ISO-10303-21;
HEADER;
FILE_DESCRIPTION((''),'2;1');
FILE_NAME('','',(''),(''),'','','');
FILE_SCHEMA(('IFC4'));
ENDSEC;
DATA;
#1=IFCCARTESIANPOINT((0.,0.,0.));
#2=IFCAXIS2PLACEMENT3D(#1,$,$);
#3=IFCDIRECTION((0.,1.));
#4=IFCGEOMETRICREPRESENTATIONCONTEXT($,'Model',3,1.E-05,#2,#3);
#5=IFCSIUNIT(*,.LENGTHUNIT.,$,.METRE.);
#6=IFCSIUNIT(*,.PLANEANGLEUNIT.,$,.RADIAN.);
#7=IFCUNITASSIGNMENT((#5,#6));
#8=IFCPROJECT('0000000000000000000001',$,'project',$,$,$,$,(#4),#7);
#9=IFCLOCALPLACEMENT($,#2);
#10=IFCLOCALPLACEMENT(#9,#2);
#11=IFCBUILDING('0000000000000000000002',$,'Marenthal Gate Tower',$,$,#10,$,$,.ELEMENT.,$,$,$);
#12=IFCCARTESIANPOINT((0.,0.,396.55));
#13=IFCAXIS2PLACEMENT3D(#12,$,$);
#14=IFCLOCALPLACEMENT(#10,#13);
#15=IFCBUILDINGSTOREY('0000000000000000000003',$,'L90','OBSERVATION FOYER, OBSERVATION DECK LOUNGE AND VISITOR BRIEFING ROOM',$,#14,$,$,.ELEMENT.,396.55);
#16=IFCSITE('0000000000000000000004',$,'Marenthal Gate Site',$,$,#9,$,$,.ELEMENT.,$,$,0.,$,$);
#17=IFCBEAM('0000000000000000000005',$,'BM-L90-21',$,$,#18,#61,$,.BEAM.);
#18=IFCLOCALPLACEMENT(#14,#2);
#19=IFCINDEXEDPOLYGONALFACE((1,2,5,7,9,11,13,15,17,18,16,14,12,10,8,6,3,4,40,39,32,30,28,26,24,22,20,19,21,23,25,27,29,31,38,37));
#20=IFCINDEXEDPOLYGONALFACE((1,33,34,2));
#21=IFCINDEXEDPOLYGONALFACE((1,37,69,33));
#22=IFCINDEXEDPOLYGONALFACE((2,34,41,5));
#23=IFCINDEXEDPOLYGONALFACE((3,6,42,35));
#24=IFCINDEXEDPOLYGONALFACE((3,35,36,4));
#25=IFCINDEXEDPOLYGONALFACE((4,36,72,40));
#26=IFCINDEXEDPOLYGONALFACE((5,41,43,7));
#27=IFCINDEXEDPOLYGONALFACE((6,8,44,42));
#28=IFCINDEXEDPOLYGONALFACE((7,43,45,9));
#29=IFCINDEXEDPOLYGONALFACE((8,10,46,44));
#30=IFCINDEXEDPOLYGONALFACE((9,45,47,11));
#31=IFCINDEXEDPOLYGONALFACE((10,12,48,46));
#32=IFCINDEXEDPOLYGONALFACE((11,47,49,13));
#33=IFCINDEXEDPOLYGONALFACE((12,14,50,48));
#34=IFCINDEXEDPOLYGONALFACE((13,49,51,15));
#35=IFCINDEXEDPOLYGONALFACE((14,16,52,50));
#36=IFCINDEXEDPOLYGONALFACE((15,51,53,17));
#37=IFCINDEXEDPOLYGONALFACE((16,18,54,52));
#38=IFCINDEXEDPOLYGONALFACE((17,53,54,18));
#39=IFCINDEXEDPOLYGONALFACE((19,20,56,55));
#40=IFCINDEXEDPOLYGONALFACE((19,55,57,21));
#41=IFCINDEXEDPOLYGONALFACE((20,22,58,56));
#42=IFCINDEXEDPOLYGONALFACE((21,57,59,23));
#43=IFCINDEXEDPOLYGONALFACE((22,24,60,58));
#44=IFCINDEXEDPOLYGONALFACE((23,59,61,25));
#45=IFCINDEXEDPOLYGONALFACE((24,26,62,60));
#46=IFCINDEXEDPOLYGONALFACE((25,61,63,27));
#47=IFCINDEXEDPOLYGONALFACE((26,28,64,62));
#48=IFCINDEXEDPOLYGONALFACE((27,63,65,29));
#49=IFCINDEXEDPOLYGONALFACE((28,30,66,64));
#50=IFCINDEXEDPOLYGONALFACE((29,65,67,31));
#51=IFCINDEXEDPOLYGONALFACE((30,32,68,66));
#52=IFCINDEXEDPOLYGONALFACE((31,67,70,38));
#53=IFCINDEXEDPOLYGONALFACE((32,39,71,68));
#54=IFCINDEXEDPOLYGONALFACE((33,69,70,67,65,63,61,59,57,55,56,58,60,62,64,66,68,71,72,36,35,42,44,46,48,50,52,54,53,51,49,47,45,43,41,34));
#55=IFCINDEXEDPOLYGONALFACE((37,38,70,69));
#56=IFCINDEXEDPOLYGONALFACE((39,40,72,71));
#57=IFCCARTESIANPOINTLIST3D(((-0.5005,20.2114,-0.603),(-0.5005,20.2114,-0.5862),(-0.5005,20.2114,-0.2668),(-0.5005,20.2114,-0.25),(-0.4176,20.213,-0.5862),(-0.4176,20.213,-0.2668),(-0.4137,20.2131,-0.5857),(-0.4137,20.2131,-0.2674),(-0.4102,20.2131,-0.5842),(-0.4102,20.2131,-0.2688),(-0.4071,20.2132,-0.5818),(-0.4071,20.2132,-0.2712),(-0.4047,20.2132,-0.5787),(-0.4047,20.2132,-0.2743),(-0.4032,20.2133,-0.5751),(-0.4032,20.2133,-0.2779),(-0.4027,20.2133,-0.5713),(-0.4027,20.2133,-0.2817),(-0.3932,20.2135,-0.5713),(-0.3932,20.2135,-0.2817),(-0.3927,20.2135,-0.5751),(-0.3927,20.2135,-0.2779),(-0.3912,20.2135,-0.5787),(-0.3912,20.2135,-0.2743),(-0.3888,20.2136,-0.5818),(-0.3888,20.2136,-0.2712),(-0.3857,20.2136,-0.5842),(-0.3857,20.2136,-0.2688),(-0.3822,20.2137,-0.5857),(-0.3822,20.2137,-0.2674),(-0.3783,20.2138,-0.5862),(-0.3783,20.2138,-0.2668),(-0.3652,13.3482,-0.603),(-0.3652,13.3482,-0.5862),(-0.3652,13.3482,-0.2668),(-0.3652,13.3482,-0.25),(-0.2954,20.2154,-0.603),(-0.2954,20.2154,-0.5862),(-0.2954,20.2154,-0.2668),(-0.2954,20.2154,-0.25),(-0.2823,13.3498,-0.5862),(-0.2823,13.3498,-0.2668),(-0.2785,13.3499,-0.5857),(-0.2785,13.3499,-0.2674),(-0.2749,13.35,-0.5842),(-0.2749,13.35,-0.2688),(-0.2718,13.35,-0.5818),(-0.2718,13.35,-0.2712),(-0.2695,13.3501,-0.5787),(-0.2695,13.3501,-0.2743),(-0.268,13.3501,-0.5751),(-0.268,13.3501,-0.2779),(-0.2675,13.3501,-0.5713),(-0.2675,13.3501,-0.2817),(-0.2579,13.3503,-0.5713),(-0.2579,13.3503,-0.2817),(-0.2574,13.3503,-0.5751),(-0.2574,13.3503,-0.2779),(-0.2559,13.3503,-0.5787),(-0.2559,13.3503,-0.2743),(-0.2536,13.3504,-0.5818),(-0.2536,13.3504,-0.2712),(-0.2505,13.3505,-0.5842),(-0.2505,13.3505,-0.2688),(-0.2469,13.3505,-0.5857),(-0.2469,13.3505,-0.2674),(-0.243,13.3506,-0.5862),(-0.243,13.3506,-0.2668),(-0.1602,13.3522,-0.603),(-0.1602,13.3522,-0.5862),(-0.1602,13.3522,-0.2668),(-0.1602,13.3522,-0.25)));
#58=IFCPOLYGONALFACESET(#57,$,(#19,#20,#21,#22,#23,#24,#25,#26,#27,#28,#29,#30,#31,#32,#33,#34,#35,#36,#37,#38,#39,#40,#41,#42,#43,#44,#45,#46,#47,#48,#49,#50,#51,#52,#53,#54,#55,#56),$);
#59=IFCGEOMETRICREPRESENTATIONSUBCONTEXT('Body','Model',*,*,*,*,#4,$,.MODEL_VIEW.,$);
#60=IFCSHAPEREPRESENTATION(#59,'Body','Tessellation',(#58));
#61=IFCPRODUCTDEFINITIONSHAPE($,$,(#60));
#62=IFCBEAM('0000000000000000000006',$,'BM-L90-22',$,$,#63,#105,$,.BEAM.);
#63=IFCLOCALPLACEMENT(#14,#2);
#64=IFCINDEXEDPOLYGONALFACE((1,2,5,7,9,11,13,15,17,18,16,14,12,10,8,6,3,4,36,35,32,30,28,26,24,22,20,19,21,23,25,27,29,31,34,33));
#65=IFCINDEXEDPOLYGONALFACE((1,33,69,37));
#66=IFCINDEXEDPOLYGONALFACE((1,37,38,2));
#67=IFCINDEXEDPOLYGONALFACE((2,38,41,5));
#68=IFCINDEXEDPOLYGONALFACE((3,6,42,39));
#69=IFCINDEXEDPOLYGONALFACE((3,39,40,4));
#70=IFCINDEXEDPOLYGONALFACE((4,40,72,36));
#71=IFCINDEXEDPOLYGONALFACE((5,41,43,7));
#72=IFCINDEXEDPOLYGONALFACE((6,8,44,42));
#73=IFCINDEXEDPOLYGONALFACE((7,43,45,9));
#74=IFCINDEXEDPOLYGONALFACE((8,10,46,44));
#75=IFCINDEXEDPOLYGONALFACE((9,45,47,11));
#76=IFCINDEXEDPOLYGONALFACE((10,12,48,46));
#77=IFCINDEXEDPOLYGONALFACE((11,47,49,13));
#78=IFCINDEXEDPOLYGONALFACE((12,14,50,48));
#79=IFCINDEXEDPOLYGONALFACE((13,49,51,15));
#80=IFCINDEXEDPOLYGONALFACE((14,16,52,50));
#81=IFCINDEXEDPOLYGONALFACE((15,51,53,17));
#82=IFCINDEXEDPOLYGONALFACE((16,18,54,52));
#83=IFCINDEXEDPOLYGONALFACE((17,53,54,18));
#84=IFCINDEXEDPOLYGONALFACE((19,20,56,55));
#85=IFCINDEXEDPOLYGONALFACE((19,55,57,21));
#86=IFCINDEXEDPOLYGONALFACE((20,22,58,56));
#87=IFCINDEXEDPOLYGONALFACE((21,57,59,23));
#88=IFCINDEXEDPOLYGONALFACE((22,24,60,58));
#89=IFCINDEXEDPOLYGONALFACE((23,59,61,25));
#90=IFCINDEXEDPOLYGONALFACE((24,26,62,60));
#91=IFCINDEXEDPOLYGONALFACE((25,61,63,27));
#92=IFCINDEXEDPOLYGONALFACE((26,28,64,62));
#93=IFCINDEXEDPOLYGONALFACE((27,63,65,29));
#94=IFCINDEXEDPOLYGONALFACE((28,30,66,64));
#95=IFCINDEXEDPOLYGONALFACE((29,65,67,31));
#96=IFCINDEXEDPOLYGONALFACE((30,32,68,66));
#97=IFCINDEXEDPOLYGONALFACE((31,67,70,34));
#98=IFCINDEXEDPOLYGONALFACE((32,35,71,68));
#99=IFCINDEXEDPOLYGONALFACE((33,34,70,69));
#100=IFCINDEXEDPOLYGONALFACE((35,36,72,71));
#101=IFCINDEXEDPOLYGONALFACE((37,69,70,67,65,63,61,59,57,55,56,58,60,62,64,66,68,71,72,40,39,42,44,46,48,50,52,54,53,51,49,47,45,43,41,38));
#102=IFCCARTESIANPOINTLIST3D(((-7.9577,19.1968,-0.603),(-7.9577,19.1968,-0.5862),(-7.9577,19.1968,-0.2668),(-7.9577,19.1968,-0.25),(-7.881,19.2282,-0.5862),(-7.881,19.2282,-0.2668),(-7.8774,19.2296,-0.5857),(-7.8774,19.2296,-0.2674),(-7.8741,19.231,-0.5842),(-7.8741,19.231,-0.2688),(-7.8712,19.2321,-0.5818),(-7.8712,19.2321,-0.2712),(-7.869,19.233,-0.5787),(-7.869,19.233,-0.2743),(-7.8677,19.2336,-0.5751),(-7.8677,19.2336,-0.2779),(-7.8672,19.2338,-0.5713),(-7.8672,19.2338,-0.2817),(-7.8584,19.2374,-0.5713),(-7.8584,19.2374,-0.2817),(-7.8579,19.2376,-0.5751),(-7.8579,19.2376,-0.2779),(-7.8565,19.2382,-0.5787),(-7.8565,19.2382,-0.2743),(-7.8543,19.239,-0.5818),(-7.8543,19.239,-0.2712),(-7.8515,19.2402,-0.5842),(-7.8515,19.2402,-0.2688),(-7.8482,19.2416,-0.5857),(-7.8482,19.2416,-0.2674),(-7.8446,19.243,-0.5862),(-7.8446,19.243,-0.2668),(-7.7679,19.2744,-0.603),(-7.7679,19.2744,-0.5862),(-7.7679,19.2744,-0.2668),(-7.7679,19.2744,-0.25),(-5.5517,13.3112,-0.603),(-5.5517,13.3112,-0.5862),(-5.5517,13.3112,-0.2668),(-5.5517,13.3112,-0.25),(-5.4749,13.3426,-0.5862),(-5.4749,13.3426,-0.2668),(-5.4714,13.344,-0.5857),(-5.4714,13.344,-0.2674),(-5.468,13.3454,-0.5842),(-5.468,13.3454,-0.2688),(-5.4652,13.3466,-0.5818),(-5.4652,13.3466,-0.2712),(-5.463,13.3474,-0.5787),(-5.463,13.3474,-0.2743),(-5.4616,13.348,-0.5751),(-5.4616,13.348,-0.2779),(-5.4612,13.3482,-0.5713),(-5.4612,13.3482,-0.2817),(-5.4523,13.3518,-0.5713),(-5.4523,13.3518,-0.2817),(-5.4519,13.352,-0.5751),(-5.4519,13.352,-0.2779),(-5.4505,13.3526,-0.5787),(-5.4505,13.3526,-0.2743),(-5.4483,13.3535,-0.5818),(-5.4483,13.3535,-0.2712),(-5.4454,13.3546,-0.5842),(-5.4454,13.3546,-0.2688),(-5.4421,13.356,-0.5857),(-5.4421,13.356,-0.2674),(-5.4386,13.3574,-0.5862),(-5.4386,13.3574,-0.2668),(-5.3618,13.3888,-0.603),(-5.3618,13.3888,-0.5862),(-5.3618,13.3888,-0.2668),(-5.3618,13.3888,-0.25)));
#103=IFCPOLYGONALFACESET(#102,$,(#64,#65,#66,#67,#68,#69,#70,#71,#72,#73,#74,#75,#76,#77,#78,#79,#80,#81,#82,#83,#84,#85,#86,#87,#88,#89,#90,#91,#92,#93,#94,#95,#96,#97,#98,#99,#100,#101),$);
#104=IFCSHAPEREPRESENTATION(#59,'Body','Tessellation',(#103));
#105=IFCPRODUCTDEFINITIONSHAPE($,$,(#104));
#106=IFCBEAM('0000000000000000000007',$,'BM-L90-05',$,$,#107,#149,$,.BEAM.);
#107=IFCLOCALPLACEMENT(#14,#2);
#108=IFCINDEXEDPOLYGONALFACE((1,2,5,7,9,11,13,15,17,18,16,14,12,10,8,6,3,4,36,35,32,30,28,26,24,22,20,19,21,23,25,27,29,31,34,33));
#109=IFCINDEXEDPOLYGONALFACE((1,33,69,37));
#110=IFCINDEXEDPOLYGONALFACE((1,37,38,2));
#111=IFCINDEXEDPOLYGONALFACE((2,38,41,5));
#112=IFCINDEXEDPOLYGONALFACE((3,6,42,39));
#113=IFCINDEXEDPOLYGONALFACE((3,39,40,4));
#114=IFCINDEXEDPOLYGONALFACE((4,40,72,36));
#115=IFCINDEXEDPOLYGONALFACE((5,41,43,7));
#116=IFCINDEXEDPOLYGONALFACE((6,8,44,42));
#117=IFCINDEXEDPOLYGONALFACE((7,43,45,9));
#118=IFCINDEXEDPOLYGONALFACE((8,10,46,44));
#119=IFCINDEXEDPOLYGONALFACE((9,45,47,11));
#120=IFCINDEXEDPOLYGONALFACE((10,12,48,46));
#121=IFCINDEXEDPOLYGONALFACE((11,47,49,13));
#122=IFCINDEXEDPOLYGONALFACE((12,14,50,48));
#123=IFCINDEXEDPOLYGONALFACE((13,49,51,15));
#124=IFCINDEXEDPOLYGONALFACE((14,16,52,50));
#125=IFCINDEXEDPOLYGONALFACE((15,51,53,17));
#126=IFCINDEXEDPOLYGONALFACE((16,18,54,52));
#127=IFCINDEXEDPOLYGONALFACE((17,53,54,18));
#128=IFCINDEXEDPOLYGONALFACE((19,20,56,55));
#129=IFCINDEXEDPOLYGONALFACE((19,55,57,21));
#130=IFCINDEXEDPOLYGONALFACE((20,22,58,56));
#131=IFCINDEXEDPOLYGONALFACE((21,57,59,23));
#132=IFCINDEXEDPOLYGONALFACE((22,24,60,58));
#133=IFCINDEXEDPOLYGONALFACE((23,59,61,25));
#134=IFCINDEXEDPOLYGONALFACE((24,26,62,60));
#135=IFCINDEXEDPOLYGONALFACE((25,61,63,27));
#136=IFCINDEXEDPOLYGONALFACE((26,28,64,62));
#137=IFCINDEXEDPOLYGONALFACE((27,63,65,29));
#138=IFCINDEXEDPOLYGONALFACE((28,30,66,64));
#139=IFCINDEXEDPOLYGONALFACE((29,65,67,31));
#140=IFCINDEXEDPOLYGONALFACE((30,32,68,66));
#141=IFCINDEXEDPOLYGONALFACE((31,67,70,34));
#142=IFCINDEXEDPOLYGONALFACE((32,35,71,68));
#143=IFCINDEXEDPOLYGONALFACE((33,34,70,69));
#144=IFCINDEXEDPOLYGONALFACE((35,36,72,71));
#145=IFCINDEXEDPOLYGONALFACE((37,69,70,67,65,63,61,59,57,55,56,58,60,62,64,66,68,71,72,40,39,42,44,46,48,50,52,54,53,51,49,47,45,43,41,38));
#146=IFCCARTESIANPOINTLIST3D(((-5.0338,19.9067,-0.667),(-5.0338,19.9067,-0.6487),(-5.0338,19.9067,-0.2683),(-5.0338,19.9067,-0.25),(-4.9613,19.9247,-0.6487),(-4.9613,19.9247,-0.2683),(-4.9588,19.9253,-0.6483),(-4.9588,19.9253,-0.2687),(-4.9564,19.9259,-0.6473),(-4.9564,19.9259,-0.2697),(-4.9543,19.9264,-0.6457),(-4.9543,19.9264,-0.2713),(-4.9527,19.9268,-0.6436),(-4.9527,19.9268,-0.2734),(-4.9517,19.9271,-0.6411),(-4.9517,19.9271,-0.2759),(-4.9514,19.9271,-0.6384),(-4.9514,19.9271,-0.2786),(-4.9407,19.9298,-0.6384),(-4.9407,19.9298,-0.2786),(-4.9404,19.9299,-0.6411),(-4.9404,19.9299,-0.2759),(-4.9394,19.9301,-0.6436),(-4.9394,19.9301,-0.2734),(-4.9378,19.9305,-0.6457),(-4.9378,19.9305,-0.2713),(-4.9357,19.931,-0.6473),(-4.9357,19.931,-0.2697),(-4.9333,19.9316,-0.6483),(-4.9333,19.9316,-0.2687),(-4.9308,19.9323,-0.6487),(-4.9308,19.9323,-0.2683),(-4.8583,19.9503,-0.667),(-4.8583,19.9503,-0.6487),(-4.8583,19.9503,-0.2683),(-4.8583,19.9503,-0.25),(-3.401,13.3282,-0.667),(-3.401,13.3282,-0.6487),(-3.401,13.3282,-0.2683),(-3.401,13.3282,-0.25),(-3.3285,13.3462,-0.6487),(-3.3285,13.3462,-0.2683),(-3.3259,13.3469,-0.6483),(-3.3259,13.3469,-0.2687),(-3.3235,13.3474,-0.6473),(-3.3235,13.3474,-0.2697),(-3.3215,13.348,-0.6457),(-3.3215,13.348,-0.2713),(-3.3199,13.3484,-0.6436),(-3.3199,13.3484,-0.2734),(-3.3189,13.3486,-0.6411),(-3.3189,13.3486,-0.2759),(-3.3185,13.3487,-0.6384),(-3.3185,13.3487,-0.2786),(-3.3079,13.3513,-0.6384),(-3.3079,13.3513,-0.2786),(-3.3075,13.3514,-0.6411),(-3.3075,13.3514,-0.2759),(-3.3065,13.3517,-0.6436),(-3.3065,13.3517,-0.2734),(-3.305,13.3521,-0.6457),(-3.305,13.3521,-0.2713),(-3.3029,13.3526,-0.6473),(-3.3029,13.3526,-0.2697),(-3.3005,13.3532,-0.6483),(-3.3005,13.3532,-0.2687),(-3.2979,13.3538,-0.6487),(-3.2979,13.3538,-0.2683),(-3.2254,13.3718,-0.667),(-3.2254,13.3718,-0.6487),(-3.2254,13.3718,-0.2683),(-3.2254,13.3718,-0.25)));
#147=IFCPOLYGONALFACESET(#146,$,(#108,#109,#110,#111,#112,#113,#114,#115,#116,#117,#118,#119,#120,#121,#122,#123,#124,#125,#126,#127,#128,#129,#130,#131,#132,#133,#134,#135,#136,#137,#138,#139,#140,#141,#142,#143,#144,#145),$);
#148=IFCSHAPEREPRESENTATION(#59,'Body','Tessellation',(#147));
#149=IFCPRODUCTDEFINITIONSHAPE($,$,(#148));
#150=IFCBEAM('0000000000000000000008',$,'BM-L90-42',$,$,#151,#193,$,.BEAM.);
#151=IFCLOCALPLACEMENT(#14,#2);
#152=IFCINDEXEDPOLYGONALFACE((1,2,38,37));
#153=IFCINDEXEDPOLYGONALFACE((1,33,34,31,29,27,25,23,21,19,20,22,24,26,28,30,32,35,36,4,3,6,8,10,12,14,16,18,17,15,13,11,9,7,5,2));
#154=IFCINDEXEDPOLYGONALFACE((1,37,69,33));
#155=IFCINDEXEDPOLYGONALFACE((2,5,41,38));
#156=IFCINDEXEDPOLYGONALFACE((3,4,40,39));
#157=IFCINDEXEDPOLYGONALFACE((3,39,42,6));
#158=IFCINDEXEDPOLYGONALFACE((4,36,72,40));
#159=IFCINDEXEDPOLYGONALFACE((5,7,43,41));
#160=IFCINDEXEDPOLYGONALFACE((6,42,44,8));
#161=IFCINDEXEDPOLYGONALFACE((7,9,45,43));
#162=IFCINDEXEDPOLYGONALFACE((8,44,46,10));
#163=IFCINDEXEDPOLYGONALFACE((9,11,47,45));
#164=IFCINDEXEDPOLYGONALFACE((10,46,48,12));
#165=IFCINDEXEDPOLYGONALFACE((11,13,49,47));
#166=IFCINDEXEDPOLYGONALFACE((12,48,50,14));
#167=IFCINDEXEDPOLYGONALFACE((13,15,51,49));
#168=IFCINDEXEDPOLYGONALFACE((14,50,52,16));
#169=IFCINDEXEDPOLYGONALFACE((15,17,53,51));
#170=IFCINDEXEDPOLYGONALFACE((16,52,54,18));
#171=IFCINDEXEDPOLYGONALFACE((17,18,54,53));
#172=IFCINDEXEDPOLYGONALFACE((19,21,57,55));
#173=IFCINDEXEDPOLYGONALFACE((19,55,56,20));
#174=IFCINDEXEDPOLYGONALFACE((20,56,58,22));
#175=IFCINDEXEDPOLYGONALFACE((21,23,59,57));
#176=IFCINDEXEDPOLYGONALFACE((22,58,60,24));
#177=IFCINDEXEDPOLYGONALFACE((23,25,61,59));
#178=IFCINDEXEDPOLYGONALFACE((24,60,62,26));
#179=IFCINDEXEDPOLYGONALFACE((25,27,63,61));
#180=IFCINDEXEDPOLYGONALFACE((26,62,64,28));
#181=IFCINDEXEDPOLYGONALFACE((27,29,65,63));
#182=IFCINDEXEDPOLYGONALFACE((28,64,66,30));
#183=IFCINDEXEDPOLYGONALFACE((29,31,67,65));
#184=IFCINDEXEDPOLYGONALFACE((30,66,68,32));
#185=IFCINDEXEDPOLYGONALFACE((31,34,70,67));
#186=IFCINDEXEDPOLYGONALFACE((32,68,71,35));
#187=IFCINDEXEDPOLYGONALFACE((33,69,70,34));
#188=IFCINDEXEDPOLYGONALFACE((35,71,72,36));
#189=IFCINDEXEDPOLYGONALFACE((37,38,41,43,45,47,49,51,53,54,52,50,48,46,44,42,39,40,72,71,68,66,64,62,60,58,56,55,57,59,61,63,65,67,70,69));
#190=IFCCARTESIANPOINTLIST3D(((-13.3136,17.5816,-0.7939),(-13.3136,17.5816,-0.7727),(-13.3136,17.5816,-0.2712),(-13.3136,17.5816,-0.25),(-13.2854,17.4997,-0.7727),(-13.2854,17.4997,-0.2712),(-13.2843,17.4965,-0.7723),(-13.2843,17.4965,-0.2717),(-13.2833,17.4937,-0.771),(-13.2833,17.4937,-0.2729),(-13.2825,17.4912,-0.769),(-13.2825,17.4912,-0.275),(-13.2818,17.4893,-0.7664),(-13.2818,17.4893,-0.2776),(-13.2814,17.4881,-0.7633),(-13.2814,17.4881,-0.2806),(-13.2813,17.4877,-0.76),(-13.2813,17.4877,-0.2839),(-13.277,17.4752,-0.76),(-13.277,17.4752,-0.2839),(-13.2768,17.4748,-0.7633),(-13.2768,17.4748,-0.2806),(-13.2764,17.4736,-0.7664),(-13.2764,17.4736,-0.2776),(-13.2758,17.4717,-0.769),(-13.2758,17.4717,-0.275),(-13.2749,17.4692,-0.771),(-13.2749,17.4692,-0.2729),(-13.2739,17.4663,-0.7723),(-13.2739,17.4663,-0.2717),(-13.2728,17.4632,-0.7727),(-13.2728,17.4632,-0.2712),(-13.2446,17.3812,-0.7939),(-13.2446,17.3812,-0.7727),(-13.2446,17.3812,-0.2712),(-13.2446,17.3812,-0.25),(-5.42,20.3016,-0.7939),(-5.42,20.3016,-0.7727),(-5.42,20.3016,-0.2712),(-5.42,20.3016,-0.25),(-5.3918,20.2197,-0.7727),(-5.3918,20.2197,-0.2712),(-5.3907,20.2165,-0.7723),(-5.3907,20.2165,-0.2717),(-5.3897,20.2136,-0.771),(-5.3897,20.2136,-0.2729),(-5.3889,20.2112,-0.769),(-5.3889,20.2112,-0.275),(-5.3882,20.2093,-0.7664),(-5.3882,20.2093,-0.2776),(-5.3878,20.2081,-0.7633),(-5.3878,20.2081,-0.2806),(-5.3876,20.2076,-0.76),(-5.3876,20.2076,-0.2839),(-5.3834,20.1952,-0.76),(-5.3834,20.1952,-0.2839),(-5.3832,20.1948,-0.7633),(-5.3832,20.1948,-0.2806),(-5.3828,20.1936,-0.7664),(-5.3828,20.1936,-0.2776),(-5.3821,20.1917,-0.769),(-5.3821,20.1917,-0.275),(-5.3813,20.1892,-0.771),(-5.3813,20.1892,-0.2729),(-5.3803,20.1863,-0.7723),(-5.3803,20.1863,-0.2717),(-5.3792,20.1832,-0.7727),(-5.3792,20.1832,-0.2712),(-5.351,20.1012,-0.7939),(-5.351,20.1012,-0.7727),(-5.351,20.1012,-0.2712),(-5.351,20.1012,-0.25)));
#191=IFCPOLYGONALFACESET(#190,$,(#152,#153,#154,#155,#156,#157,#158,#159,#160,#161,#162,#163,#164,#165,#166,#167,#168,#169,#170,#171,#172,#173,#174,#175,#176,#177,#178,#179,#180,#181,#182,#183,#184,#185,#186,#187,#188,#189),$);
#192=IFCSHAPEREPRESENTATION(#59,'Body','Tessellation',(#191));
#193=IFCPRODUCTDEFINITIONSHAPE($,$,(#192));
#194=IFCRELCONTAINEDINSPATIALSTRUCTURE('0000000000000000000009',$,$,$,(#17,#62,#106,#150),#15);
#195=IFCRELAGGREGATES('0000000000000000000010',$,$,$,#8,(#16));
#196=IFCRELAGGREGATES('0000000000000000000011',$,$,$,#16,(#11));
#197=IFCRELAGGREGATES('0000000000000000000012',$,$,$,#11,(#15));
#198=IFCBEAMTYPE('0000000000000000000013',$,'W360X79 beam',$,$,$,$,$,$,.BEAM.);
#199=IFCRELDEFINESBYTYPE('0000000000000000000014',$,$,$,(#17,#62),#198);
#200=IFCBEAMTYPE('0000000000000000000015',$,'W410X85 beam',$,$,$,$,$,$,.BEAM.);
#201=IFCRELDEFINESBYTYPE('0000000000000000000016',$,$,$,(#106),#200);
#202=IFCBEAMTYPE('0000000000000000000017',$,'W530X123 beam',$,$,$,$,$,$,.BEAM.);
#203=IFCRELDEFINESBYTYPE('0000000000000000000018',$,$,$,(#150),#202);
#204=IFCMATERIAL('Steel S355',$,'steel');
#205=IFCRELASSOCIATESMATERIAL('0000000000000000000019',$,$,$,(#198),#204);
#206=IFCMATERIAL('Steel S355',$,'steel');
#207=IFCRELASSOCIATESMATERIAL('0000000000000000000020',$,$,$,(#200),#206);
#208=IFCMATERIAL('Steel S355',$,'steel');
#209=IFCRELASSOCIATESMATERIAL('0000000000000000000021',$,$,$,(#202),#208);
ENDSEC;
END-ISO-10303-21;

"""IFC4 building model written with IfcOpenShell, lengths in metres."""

from ifc_helpers import new_model, si_unit, direction, frame, origin, origin_2d, place, context, subcontext, project, spatial, i_section, extrude, material, material_profile, profile_set, type_object, element, save


model = new_model("IFC4")

# Units and contexts
model_context = context("Model", 3, precision=1e-05, world=origin(), true_north=direction((0.0, 1.0)))
body_context = subcontext(model_context, "Body", "Model", "MODEL_VIEW")
ifc_project = project(units=[si_unit("LENGTHUNIT", "METRE"), si_unit("PLANEANGLEUNIT", "RADIAN")], contexts=[model_context])

# Site, building, storey
site_placement = place(None, origin())
site = spatial("IfcSite", under=ifc_project, at=site_placement, Name="Marenthal Gate Site", CompositionType="ELEMENT", RefElevation=0.0)
building_placement = place(site_placement, origin())
building = spatial("IfcBuilding", under=site, at=building_placement, Name="Marenthal Gate Tower", CompositionType="ELEMENT")
storey_placement = place(building_placement, frame((0.0, 0.0, 396.55)))
storey = spatial("IfcBuildingStorey", under=building, at=storey_placement, Name="L90", Description="OBSERVATION FOYER, OBSERVATION DECK LOUNGE AND VISITOR BRIEFING ROOM", CompositionType="ELEMENT", Elevation=396.55)

# Beams
ifc_material_1 = material(Name="Steel S355", Category="steel")
ifc_material_profile_1 = material_profile(ifc_material_1, i_section(OverallWidth=0.2051, OverallDepth=0.353, WebThickness=0.0095, FlangeThickness=0.0168, FilletRadius=0.0149, at=origin_2d()), Name="W360X79")
ifc_profile_set_1 = profile_set([ifc_material_profile_1], Name="Steel S355")
beam_type_1 = type_object("IfcBeamType", Name="W360X79 beam", PredefinedType="BEAM", material=ifc_profile_set_1)
beam_1_placement = place(storey_placement, frame((-0.3979, 20.2134, -0.4265), z_axis=(0.019703, -0.999806, 0.0), x_axis=(0.999806, 0.019703, 0.0)))
element("IfcBeam", 1, at=beam_1_placement, inside=storey, type_object=beam_type_1, Name="BM-L90-21", PredefinedType="BEAM", context=body_context, shape_type="SweptSolid", body=[
    extrude(i_section(OverallWidth=0.2051, OverallDepth=0.353, WebThickness=0.0095, FlangeThickness=0.0168, FilletRadius=0.0149, at=origin_2d()), origin(), (0.0, 0.0, 1.0), 6.8645),
])
beam_2_placement = place(storey_placement, frame((-7.8628, 19.2356, -0.4265), z_axis=(0.378404, -0.925641, 0.0), x_axis=(0.925641, 0.378404, 0.0)))
element("IfcBeam", 2, at=beam_2_placement, inside=storey, type_object=beam_type_1, Name="BM-L90-22", PredefinedType="BEAM", context=body_context, shape_type="SweptSolid", body=[
    extrude(i_section(OverallWidth=0.2051, OverallDepth=0.353, WebThickness=0.0095, FlangeThickness=0.0168, FilletRadius=0.0149, at=origin_2d()), origin(), (0.0, 0.0, 1.0), 6.3584),
])
ifc_material_2 = material(Name="Steel S355", Category="steel")
ifc_material_profile_2 = material_profile(ifc_material_2, i_section(OverallWidth=0.1809, OverallDepth=0.417, WebThickness=0.011, FlangeThickness=0.0183, FilletRadius=0.0103, at=origin_2d()), Name="W410X85")
ifc_profile_set_2 = profile_set([ifc_material_profile_2], Name="Steel S355")
beam_type_2 = type_object("IfcBeamType", Name="W410X85 beam", PredefinedType="BEAM", material=ifc_profile_set_2)
beam_3_placement = place(storey_placement, frame((-4.946, 19.9285, -0.4585), z_axis=(0.2409, -0.97055, 0.0), x_axis=(0.97055, 0.2409, 0.0)))
element("IfcBeam", 3, at=beam_3_placement, inside=storey, type_object=beam_type_2, Name="BM-L90-05", PredefinedType="BEAM", context=body_context, shape_type="SweptSolid", body=[
    extrude(i_section(OverallWidth=0.1809, OverallDepth=0.417, WebThickness=0.011, FlangeThickness=0.0183, FilletRadius=0.0103, at=origin_2d()), origin(), (0.0, 0.0, 1.0), 6.7781),
])
ifc_material_3 = material(Name="Steel S355", Category="steel")
ifc_material_profile_3 = material_profile(ifc_material_3, i_section(OverallWidth=0.2119, OverallDepth=0.5439, WebThickness=0.0132, FlangeThickness=0.0212, FilletRadius=0.0127, at=origin_2d()), Name="W530X123")
ifc_profile_set_3 = profile_set([ifc_material_profile_3], Name="Steel S355")
beam_type_3 = type_object("IfcBeamType", Name="W530X123 beam", PredefinedType="BEAM", material=ifc_profile_set_3)
beam_4_placement = place(storey_placement, frame((-5.3855, 20.2014, -0.522), z_axis=(-0.945445, -0.325783, 0.0), x_axis=(0.325783, -0.945445, 0.0)))
element("IfcBeam", 4, at=beam_4_placement, inside=storey, type_object=beam_type_3, Name="BM-L90-42", PredefinedType="BEAM", context=body_context, shape_type="SweptSolid", body=[
    extrude(i_section(OverallWidth=0.2119, OverallDepth=0.5439, WebThickness=0.0132, FlangeThickness=0.0212, FilletRadius=0.0127, at=origin_2d()), origin(), (0.0, 0.0, 1.0), 8.3491),
])

save(model, "model.ifc")
